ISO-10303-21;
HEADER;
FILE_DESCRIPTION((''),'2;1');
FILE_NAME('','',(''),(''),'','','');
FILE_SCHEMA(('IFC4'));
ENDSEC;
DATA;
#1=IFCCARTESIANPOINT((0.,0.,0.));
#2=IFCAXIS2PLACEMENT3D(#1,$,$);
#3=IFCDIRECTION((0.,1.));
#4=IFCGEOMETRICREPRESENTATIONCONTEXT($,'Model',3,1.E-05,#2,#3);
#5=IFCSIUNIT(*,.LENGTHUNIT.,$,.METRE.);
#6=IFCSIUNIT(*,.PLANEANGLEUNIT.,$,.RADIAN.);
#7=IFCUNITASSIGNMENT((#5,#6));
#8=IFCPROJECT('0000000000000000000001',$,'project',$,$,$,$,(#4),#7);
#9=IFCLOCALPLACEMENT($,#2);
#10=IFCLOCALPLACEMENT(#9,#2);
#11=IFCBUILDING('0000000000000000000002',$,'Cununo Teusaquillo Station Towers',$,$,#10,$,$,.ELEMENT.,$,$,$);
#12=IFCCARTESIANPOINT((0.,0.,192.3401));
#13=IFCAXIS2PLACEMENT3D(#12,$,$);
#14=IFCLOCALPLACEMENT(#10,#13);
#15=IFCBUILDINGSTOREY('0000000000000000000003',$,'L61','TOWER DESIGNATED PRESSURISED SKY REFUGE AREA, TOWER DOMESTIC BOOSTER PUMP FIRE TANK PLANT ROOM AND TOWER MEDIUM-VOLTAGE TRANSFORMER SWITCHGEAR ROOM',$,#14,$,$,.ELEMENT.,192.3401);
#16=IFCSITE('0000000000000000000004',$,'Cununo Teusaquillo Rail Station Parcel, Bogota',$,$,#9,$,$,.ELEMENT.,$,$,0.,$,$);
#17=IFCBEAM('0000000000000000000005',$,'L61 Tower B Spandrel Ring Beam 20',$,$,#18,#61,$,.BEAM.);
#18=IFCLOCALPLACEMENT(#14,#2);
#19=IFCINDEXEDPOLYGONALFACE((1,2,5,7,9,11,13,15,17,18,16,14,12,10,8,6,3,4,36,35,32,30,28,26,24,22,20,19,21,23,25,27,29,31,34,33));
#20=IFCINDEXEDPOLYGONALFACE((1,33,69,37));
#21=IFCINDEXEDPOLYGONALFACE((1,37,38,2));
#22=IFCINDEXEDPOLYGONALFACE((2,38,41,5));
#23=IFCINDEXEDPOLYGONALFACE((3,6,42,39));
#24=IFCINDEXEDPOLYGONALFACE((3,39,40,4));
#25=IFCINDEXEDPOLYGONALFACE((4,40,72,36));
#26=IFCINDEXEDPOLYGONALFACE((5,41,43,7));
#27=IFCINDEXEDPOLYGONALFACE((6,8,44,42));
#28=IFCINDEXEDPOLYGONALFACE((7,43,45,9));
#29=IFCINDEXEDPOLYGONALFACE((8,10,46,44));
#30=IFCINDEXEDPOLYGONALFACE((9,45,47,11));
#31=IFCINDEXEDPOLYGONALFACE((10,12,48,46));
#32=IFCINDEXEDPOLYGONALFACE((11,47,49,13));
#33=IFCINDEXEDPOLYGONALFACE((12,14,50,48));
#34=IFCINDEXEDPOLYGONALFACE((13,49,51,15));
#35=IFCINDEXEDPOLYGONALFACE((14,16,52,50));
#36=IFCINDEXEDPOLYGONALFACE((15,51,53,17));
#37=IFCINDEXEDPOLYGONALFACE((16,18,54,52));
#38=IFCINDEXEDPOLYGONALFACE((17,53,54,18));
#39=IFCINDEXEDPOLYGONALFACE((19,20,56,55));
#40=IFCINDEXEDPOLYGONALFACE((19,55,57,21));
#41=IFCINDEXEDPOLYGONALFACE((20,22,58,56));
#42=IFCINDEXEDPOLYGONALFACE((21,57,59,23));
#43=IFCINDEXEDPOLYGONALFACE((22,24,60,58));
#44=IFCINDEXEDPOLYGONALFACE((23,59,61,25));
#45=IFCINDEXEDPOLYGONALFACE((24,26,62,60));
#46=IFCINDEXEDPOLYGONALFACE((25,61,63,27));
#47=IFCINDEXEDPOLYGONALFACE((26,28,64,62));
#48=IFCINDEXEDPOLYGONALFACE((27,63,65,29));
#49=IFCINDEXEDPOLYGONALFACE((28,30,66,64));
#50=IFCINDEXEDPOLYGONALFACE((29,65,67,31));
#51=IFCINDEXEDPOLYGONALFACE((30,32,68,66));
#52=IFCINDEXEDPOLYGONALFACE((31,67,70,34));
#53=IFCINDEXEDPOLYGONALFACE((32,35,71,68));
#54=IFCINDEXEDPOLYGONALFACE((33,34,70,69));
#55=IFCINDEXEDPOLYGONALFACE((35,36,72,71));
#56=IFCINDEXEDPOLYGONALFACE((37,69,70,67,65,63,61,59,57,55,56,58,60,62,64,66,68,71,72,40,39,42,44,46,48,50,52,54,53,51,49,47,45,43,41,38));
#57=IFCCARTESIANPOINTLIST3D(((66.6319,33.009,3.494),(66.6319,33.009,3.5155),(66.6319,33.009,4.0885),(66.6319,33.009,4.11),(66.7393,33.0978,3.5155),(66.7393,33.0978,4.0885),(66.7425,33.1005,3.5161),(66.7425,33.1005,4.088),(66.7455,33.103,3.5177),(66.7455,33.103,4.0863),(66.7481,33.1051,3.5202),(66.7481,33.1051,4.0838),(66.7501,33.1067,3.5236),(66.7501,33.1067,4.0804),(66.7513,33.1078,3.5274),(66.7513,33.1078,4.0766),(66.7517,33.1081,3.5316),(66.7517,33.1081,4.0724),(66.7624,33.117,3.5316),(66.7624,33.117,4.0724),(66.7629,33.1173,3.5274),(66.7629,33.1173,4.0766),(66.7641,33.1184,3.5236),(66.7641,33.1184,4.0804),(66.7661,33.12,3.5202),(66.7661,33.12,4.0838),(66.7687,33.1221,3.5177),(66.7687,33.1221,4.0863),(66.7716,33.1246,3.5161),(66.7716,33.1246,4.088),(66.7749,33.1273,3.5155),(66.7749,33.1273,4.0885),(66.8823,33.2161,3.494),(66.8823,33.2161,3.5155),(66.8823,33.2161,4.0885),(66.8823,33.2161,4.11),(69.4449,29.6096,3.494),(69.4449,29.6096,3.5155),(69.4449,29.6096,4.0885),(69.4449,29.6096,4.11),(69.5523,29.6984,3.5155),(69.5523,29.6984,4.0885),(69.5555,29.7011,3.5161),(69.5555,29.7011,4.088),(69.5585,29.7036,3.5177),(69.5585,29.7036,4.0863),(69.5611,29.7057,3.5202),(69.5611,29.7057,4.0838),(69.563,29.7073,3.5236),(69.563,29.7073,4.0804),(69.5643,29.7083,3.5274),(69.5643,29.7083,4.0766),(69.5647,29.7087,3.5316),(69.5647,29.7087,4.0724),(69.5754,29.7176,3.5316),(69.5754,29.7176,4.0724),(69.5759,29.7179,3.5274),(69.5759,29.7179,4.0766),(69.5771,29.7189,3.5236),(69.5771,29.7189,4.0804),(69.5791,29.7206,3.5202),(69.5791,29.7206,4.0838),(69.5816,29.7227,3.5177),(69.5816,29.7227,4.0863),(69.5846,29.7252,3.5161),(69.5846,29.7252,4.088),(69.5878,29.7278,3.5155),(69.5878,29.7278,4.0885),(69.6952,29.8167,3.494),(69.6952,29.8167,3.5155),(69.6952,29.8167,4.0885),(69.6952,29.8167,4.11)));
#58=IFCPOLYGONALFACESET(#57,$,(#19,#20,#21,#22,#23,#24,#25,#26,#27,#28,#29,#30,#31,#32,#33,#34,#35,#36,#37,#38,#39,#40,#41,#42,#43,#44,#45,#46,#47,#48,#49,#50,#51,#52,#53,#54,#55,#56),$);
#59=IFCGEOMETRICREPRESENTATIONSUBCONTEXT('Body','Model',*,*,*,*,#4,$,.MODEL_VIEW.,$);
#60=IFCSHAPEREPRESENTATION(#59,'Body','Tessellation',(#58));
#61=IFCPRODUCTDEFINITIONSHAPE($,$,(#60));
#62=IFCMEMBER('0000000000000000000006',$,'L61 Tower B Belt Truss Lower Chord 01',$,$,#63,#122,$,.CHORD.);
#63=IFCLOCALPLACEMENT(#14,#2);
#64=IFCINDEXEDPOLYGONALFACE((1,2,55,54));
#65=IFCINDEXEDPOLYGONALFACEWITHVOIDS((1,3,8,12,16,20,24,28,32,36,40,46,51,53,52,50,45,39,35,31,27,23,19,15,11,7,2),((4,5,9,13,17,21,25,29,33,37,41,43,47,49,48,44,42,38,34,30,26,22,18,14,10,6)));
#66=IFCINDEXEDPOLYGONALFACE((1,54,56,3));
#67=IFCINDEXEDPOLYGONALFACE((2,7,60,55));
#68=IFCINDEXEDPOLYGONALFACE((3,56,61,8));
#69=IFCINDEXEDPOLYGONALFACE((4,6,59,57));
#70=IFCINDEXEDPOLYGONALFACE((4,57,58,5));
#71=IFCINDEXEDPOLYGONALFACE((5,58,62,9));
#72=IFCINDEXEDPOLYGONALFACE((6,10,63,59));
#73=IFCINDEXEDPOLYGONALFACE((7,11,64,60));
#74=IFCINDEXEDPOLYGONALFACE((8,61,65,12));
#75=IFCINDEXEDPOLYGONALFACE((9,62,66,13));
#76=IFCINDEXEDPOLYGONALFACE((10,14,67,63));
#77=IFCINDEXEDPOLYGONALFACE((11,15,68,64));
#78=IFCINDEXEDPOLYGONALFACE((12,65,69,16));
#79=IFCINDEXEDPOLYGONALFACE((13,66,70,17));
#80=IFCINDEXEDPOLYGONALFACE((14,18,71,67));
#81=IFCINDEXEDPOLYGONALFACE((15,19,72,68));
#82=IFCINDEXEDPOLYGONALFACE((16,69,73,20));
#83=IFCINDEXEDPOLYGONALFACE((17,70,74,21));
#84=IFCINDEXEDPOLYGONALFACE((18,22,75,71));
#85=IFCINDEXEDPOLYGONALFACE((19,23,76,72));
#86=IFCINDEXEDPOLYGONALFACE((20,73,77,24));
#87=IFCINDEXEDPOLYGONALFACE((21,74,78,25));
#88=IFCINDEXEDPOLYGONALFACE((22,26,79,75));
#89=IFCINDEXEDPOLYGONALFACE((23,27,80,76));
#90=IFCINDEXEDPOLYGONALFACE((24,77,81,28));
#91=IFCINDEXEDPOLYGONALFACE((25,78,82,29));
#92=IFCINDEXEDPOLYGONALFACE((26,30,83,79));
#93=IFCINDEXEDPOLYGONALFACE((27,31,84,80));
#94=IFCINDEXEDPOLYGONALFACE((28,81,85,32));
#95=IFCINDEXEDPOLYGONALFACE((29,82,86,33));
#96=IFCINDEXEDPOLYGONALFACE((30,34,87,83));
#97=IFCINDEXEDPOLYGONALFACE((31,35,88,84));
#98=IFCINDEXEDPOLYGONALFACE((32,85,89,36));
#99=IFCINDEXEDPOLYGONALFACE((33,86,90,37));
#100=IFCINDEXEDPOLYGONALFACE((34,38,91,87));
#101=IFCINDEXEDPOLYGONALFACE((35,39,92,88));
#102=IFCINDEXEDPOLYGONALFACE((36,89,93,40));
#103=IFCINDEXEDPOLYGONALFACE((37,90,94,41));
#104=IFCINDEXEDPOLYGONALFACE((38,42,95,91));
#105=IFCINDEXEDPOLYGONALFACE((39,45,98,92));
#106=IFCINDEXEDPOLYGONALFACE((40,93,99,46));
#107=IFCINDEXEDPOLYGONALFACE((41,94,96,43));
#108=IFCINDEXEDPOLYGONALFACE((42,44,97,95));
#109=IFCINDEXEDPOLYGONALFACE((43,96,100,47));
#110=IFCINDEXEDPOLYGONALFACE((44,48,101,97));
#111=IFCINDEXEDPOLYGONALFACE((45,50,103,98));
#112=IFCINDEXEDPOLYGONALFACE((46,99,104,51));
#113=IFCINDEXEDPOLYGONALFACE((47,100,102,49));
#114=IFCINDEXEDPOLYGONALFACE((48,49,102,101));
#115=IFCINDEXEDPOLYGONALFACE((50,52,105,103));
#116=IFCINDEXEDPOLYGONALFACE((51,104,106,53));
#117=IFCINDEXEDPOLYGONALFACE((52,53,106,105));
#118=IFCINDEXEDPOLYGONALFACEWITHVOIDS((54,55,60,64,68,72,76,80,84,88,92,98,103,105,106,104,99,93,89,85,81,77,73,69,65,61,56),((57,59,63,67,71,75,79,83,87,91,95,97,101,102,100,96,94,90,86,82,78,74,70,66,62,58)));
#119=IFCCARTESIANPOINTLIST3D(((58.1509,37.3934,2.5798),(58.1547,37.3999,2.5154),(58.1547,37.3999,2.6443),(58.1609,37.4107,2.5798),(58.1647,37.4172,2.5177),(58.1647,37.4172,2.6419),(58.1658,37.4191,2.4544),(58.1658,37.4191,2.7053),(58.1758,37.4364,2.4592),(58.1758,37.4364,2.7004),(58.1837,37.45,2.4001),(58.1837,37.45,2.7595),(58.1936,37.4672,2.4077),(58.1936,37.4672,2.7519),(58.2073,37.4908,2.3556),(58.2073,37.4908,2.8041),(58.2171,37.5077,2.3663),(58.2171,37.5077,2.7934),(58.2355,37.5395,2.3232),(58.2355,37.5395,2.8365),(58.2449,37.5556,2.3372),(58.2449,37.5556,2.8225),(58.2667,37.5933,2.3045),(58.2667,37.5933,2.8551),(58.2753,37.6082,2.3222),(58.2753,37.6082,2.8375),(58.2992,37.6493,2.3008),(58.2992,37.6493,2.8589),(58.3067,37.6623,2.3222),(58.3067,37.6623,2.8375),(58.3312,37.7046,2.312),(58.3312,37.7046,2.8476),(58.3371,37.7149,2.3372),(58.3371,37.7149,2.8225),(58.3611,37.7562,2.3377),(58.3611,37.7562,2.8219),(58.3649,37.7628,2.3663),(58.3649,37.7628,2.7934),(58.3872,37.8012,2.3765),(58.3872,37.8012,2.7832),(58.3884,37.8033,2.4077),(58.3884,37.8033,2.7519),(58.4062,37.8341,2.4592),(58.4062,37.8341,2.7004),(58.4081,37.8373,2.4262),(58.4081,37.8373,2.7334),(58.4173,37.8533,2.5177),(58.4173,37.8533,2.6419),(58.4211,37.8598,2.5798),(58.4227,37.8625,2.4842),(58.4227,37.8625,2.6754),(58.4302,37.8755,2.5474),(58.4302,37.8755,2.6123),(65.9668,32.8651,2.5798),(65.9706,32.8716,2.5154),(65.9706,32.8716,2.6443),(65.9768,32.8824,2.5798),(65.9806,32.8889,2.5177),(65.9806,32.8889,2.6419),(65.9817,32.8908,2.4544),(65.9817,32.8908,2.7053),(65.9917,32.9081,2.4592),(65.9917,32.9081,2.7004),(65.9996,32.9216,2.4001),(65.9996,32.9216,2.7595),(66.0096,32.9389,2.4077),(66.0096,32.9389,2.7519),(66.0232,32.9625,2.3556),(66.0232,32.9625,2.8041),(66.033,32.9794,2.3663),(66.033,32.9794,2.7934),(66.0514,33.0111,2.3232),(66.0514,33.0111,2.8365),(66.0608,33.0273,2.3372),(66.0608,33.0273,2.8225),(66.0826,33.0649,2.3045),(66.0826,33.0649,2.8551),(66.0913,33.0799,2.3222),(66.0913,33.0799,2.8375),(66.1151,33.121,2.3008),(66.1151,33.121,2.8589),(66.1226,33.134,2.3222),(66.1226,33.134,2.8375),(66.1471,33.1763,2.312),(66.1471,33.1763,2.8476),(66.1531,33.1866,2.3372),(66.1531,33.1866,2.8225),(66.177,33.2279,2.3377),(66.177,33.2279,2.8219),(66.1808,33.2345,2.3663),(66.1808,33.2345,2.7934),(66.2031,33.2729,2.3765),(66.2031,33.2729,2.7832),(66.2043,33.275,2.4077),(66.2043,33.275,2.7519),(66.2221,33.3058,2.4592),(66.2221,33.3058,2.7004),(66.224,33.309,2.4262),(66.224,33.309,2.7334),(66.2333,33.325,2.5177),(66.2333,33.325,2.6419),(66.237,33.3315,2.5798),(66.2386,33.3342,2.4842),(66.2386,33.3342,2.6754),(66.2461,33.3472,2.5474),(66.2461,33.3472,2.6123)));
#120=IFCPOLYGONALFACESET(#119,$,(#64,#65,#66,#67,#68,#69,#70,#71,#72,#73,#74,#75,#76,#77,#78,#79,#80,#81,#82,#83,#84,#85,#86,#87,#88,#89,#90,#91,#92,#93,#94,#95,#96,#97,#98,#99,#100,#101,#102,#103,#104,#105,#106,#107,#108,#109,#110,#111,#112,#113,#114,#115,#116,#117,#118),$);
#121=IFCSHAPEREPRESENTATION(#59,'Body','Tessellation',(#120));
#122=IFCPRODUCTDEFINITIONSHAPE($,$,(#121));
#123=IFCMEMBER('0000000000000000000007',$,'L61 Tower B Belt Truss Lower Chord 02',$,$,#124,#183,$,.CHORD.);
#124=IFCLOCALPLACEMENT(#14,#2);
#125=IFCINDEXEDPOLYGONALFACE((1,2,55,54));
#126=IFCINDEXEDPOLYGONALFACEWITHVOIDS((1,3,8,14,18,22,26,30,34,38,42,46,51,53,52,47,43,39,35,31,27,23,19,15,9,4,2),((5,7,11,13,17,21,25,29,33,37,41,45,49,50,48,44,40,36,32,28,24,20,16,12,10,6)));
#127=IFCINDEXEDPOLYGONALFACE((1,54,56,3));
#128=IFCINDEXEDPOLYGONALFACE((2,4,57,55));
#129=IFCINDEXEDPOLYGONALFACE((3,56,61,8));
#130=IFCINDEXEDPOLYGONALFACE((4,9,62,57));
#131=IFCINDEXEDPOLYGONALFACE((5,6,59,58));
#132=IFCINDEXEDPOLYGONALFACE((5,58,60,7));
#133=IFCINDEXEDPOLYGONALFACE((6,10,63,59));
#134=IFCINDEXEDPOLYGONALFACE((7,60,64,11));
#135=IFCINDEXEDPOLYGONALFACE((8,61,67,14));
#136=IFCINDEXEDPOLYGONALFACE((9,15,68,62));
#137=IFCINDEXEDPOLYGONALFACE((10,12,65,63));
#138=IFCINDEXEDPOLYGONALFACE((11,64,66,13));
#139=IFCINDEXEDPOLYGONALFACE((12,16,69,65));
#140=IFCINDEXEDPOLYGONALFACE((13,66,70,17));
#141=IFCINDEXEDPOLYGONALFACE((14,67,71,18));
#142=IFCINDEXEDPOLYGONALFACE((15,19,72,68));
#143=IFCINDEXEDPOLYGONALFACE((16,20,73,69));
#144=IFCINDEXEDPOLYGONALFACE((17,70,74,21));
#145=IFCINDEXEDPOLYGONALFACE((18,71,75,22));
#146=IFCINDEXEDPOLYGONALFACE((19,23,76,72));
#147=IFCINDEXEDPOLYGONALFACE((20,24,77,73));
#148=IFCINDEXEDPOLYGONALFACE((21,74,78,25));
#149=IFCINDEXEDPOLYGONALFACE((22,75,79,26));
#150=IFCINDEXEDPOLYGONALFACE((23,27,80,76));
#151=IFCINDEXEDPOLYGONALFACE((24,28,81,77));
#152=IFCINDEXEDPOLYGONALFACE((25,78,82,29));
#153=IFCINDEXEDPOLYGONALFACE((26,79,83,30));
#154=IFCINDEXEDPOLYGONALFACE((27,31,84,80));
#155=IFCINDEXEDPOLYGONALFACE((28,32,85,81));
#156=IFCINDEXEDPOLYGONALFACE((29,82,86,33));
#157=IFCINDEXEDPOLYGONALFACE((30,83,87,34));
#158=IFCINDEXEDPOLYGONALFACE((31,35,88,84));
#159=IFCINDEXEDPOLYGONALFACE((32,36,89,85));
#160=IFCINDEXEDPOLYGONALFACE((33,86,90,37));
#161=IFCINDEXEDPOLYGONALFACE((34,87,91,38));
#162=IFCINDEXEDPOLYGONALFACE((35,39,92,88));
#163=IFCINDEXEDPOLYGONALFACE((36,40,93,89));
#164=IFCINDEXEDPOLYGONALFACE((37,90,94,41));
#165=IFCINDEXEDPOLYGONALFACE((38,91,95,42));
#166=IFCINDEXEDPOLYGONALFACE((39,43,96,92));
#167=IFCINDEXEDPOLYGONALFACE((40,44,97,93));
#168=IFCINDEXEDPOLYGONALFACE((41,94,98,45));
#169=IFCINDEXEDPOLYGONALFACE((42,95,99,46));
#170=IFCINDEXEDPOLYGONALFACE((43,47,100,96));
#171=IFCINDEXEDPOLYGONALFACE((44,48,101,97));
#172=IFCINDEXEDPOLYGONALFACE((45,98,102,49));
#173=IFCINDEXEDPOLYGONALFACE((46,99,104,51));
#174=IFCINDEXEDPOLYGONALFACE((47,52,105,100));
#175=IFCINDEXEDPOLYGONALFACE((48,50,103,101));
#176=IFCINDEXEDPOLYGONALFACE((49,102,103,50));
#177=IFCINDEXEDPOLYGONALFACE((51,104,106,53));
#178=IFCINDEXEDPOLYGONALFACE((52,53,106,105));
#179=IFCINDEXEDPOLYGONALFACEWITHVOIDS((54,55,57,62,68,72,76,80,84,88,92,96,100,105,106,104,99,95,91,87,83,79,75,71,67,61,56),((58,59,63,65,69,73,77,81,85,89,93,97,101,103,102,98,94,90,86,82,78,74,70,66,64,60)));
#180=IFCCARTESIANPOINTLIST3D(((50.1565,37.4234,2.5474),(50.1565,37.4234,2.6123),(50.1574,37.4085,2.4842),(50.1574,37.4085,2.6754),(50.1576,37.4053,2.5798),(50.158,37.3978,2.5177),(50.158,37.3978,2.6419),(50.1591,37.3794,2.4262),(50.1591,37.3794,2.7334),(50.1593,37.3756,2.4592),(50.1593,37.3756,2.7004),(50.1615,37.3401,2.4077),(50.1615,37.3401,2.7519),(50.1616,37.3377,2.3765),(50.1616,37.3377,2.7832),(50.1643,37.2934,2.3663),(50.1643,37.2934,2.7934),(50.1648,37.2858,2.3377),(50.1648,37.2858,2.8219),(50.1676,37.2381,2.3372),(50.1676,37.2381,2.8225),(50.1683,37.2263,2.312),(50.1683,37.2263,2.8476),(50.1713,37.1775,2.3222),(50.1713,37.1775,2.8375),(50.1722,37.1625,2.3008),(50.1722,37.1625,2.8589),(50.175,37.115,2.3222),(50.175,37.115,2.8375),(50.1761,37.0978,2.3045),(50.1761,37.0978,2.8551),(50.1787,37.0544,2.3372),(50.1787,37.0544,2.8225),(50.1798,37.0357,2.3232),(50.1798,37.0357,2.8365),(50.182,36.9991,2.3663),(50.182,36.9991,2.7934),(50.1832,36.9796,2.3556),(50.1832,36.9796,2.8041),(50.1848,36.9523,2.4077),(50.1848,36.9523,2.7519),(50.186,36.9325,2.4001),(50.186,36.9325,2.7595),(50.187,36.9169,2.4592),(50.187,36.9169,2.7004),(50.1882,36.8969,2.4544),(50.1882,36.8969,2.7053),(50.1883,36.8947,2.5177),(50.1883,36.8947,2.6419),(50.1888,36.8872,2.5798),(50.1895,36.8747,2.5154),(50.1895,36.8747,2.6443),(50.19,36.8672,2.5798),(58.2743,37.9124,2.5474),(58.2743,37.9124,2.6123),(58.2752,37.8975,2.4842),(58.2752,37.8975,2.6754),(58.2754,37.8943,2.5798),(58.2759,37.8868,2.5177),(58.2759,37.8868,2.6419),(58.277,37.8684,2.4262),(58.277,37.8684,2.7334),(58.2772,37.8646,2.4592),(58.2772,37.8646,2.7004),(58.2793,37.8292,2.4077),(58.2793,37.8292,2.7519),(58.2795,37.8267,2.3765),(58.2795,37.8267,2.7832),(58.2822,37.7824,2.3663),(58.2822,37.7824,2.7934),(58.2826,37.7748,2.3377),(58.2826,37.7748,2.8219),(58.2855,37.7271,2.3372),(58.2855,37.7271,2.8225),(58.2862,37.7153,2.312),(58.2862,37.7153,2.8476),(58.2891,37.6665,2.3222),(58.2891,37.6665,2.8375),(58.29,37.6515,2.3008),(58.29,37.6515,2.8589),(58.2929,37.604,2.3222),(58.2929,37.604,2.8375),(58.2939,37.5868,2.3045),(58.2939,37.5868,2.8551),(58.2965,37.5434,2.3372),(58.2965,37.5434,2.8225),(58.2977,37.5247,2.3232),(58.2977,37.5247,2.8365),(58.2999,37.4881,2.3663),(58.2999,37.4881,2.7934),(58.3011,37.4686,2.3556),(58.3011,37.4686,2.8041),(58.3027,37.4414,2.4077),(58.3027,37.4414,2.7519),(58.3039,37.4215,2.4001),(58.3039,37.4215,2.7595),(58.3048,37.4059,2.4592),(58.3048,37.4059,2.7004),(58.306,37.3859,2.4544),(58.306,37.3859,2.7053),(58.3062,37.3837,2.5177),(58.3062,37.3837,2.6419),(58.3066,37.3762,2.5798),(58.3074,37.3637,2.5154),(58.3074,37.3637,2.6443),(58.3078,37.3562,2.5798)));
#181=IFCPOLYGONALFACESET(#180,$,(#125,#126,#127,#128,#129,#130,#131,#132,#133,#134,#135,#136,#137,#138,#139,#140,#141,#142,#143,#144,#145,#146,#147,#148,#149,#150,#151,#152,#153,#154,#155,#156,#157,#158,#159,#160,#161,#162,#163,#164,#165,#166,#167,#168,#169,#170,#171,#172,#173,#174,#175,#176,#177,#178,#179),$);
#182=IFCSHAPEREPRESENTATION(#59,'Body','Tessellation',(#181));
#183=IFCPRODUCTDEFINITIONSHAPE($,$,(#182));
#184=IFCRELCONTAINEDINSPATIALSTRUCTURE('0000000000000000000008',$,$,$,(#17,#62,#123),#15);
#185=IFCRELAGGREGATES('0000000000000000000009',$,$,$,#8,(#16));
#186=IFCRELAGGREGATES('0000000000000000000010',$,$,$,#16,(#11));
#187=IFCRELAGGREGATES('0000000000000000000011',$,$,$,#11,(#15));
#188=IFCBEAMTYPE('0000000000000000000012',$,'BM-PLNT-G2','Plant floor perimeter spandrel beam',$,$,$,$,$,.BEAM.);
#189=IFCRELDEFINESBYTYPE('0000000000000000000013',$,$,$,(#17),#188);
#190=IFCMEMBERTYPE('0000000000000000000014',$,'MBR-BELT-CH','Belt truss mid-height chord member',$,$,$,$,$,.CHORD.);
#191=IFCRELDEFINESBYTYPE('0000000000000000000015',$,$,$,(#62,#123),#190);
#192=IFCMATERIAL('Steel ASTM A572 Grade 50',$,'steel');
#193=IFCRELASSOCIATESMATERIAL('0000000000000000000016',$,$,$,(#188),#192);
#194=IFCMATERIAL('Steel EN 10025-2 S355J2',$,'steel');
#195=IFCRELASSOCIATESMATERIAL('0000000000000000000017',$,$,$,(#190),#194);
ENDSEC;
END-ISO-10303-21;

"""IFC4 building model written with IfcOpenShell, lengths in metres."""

from ifc_helpers import new_model, si_unit, direction, frame, origin, origin_2d, place, context, subcontext, project, spatial, hollow_circle, i_section, extrude, material, material_profile, profile_set, type_object, element, save


model = new_model("IFC4")

# Units and contexts
model_context = context("Model", 3, precision=1e-05, world=origin(), true_north=direction((0.0, 1.0)))
body_context = subcontext(model_context, "Body", "Model", "MODEL_VIEW")
ifc_project = project(units=[si_unit("LENGTHUNIT", "METRE"), si_unit("PLANEANGLEUNIT", "RADIAN")], contexts=[model_context])

# Site, building, storey
site_placement = place(None, origin())
site = spatial("IfcSite", under=ifc_project, at=site_placement, Name="Cununo Teusaquillo Rail Station Parcel, Bogota", CompositionType="ELEMENT", RefElevation=0.0)
building_placement = place(site_placement, origin())
building = spatial("IfcBuilding", under=site, at=building_placement, Name="Cununo Teusaquillo Station Towers", CompositionType="ELEMENT")
storey_placement = place(building_placement, frame((0.0, 0.0, 192.3401)))
storey = spatial("IfcBuildingStorey", under=building, at=storey_placement, Name="L61", Description="TOWER DESIGNATED PRESSURISED SKY REFUGE AREA, TOWER DOMESTIC BOOSTER PUMP FIRE TANK PLANT ROOM AND TOWER MEDIUM-VOLTAGE TRANSFORMER SWITCHGEAR ROOM", CompositionType="ELEMENT", Elevation=192.3401)

# Beam
ifc_material_1 = material(Name="Steel ASTM A572 Grade 50", Category="steel")
ifc_material_profile_1 = material_profile(ifc_material_1, i_section(OverallWidth=0.325, OverallDepth=0.616, WebThickness=0.0139, FlangeThickness=0.0215, FilletRadius=0.0161, at=origin_2d()), Name="W24X117")
ifc_profile_set_1 = profile_set([ifc_material_profile_1], Name="Steel ASTM A572 Grade 50")
beam_type_1 = type_object("IfcBeamType", Name="BM-PLNT-G2", Description="Plant floor perimeter spandrel beam", PredefinedType="BEAM", material=ifc_profile_set_1)
beam_1_placement = place(storey_placement, frame((69.5701, 29.7131, 3.802), z_axis=(-0.637525, 0.77043, 0.0), x_axis=(-0.77043, -0.637525, 0.0)))
element("IfcBeam", 1, at=beam_1_placement, inside=storey, type_object=beam_type_1, Name="L61 Tower B Spandrel Ring Beam 20", PredefinedType="BEAM", context=body_context, shape_type="SweptSolid", body=[
    extrude(i_section(OverallWidth=0.325, OverallDepth=0.616, WebThickness=0.0139, FlangeThickness=0.0215, FilletRadius=0.0161, at=origin_2d()), origin(), (0.0, 0.0, 1.0), 4.4124),
])

# Members
ifc_material_2 = material(Name="Steel EN 10025-2 S355J2", Category="steel")
ifc_material_profile_2 = material_profile(ifc_material_2, hollow_circle(Radius=0.2795, WallThickness=0.02, at=origin_2d()), Name="CHS 559x20")
ifc_profile_set_2 = profile_set([ifc_material_profile_2], Name="Steel EN 10025-2 S355J2")
member_type_1 = type_object("IfcMemberType", Name="MBR-BELT-CH", Description="Belt truss mid-height chord member", PredefinedType="CHORD", material=ifc_profile_set_2)
member_1_placement = place(storey_placement, frame((66.1069, 33.1069, 2.5798), z_axis=(-0.865267, 0.501311, 0.0), x_axis=(-0.501311, -0.865267, 0.0)))
element("IfcMember", 2, at=member_1_placement, inside=storey, type_object=member_type_1, Name="L61 Tower B Belt Truss Lower Chord 01", PredefinedType="CHORD", context=body_context, shape_type="SweptSolid", body=[
    extrude(hollow_circle(Radius=0.2795, WallThickness=0.02, at=origin_2d()), origin(), (0.0, 0.0, 1.0), 9.033),
])
member_2_placement = place(storey_placement, frame((58.291, 37.6353, 2.5798), z_axis=(-0.998191, -0.06013, 0.0), x_axis=(0.06013, -0.998191, 0.0)))
element("IfcMember", 3, at=member_2_placement, inside=storey, type_object=member_type_1, Name="L61 Tower B Belt Truss Lower Chord 02", PredefinedType="CHORD", context=body_context, shape_type="SweptSolid", body=[
    extrude(hollow_circle(Radius=0.2795, WallThickness=0.02, at=origin_2d()), origin(), (0.0, 0.0, 1.0), 8.1326),
])

save(model, "model.ifc")
